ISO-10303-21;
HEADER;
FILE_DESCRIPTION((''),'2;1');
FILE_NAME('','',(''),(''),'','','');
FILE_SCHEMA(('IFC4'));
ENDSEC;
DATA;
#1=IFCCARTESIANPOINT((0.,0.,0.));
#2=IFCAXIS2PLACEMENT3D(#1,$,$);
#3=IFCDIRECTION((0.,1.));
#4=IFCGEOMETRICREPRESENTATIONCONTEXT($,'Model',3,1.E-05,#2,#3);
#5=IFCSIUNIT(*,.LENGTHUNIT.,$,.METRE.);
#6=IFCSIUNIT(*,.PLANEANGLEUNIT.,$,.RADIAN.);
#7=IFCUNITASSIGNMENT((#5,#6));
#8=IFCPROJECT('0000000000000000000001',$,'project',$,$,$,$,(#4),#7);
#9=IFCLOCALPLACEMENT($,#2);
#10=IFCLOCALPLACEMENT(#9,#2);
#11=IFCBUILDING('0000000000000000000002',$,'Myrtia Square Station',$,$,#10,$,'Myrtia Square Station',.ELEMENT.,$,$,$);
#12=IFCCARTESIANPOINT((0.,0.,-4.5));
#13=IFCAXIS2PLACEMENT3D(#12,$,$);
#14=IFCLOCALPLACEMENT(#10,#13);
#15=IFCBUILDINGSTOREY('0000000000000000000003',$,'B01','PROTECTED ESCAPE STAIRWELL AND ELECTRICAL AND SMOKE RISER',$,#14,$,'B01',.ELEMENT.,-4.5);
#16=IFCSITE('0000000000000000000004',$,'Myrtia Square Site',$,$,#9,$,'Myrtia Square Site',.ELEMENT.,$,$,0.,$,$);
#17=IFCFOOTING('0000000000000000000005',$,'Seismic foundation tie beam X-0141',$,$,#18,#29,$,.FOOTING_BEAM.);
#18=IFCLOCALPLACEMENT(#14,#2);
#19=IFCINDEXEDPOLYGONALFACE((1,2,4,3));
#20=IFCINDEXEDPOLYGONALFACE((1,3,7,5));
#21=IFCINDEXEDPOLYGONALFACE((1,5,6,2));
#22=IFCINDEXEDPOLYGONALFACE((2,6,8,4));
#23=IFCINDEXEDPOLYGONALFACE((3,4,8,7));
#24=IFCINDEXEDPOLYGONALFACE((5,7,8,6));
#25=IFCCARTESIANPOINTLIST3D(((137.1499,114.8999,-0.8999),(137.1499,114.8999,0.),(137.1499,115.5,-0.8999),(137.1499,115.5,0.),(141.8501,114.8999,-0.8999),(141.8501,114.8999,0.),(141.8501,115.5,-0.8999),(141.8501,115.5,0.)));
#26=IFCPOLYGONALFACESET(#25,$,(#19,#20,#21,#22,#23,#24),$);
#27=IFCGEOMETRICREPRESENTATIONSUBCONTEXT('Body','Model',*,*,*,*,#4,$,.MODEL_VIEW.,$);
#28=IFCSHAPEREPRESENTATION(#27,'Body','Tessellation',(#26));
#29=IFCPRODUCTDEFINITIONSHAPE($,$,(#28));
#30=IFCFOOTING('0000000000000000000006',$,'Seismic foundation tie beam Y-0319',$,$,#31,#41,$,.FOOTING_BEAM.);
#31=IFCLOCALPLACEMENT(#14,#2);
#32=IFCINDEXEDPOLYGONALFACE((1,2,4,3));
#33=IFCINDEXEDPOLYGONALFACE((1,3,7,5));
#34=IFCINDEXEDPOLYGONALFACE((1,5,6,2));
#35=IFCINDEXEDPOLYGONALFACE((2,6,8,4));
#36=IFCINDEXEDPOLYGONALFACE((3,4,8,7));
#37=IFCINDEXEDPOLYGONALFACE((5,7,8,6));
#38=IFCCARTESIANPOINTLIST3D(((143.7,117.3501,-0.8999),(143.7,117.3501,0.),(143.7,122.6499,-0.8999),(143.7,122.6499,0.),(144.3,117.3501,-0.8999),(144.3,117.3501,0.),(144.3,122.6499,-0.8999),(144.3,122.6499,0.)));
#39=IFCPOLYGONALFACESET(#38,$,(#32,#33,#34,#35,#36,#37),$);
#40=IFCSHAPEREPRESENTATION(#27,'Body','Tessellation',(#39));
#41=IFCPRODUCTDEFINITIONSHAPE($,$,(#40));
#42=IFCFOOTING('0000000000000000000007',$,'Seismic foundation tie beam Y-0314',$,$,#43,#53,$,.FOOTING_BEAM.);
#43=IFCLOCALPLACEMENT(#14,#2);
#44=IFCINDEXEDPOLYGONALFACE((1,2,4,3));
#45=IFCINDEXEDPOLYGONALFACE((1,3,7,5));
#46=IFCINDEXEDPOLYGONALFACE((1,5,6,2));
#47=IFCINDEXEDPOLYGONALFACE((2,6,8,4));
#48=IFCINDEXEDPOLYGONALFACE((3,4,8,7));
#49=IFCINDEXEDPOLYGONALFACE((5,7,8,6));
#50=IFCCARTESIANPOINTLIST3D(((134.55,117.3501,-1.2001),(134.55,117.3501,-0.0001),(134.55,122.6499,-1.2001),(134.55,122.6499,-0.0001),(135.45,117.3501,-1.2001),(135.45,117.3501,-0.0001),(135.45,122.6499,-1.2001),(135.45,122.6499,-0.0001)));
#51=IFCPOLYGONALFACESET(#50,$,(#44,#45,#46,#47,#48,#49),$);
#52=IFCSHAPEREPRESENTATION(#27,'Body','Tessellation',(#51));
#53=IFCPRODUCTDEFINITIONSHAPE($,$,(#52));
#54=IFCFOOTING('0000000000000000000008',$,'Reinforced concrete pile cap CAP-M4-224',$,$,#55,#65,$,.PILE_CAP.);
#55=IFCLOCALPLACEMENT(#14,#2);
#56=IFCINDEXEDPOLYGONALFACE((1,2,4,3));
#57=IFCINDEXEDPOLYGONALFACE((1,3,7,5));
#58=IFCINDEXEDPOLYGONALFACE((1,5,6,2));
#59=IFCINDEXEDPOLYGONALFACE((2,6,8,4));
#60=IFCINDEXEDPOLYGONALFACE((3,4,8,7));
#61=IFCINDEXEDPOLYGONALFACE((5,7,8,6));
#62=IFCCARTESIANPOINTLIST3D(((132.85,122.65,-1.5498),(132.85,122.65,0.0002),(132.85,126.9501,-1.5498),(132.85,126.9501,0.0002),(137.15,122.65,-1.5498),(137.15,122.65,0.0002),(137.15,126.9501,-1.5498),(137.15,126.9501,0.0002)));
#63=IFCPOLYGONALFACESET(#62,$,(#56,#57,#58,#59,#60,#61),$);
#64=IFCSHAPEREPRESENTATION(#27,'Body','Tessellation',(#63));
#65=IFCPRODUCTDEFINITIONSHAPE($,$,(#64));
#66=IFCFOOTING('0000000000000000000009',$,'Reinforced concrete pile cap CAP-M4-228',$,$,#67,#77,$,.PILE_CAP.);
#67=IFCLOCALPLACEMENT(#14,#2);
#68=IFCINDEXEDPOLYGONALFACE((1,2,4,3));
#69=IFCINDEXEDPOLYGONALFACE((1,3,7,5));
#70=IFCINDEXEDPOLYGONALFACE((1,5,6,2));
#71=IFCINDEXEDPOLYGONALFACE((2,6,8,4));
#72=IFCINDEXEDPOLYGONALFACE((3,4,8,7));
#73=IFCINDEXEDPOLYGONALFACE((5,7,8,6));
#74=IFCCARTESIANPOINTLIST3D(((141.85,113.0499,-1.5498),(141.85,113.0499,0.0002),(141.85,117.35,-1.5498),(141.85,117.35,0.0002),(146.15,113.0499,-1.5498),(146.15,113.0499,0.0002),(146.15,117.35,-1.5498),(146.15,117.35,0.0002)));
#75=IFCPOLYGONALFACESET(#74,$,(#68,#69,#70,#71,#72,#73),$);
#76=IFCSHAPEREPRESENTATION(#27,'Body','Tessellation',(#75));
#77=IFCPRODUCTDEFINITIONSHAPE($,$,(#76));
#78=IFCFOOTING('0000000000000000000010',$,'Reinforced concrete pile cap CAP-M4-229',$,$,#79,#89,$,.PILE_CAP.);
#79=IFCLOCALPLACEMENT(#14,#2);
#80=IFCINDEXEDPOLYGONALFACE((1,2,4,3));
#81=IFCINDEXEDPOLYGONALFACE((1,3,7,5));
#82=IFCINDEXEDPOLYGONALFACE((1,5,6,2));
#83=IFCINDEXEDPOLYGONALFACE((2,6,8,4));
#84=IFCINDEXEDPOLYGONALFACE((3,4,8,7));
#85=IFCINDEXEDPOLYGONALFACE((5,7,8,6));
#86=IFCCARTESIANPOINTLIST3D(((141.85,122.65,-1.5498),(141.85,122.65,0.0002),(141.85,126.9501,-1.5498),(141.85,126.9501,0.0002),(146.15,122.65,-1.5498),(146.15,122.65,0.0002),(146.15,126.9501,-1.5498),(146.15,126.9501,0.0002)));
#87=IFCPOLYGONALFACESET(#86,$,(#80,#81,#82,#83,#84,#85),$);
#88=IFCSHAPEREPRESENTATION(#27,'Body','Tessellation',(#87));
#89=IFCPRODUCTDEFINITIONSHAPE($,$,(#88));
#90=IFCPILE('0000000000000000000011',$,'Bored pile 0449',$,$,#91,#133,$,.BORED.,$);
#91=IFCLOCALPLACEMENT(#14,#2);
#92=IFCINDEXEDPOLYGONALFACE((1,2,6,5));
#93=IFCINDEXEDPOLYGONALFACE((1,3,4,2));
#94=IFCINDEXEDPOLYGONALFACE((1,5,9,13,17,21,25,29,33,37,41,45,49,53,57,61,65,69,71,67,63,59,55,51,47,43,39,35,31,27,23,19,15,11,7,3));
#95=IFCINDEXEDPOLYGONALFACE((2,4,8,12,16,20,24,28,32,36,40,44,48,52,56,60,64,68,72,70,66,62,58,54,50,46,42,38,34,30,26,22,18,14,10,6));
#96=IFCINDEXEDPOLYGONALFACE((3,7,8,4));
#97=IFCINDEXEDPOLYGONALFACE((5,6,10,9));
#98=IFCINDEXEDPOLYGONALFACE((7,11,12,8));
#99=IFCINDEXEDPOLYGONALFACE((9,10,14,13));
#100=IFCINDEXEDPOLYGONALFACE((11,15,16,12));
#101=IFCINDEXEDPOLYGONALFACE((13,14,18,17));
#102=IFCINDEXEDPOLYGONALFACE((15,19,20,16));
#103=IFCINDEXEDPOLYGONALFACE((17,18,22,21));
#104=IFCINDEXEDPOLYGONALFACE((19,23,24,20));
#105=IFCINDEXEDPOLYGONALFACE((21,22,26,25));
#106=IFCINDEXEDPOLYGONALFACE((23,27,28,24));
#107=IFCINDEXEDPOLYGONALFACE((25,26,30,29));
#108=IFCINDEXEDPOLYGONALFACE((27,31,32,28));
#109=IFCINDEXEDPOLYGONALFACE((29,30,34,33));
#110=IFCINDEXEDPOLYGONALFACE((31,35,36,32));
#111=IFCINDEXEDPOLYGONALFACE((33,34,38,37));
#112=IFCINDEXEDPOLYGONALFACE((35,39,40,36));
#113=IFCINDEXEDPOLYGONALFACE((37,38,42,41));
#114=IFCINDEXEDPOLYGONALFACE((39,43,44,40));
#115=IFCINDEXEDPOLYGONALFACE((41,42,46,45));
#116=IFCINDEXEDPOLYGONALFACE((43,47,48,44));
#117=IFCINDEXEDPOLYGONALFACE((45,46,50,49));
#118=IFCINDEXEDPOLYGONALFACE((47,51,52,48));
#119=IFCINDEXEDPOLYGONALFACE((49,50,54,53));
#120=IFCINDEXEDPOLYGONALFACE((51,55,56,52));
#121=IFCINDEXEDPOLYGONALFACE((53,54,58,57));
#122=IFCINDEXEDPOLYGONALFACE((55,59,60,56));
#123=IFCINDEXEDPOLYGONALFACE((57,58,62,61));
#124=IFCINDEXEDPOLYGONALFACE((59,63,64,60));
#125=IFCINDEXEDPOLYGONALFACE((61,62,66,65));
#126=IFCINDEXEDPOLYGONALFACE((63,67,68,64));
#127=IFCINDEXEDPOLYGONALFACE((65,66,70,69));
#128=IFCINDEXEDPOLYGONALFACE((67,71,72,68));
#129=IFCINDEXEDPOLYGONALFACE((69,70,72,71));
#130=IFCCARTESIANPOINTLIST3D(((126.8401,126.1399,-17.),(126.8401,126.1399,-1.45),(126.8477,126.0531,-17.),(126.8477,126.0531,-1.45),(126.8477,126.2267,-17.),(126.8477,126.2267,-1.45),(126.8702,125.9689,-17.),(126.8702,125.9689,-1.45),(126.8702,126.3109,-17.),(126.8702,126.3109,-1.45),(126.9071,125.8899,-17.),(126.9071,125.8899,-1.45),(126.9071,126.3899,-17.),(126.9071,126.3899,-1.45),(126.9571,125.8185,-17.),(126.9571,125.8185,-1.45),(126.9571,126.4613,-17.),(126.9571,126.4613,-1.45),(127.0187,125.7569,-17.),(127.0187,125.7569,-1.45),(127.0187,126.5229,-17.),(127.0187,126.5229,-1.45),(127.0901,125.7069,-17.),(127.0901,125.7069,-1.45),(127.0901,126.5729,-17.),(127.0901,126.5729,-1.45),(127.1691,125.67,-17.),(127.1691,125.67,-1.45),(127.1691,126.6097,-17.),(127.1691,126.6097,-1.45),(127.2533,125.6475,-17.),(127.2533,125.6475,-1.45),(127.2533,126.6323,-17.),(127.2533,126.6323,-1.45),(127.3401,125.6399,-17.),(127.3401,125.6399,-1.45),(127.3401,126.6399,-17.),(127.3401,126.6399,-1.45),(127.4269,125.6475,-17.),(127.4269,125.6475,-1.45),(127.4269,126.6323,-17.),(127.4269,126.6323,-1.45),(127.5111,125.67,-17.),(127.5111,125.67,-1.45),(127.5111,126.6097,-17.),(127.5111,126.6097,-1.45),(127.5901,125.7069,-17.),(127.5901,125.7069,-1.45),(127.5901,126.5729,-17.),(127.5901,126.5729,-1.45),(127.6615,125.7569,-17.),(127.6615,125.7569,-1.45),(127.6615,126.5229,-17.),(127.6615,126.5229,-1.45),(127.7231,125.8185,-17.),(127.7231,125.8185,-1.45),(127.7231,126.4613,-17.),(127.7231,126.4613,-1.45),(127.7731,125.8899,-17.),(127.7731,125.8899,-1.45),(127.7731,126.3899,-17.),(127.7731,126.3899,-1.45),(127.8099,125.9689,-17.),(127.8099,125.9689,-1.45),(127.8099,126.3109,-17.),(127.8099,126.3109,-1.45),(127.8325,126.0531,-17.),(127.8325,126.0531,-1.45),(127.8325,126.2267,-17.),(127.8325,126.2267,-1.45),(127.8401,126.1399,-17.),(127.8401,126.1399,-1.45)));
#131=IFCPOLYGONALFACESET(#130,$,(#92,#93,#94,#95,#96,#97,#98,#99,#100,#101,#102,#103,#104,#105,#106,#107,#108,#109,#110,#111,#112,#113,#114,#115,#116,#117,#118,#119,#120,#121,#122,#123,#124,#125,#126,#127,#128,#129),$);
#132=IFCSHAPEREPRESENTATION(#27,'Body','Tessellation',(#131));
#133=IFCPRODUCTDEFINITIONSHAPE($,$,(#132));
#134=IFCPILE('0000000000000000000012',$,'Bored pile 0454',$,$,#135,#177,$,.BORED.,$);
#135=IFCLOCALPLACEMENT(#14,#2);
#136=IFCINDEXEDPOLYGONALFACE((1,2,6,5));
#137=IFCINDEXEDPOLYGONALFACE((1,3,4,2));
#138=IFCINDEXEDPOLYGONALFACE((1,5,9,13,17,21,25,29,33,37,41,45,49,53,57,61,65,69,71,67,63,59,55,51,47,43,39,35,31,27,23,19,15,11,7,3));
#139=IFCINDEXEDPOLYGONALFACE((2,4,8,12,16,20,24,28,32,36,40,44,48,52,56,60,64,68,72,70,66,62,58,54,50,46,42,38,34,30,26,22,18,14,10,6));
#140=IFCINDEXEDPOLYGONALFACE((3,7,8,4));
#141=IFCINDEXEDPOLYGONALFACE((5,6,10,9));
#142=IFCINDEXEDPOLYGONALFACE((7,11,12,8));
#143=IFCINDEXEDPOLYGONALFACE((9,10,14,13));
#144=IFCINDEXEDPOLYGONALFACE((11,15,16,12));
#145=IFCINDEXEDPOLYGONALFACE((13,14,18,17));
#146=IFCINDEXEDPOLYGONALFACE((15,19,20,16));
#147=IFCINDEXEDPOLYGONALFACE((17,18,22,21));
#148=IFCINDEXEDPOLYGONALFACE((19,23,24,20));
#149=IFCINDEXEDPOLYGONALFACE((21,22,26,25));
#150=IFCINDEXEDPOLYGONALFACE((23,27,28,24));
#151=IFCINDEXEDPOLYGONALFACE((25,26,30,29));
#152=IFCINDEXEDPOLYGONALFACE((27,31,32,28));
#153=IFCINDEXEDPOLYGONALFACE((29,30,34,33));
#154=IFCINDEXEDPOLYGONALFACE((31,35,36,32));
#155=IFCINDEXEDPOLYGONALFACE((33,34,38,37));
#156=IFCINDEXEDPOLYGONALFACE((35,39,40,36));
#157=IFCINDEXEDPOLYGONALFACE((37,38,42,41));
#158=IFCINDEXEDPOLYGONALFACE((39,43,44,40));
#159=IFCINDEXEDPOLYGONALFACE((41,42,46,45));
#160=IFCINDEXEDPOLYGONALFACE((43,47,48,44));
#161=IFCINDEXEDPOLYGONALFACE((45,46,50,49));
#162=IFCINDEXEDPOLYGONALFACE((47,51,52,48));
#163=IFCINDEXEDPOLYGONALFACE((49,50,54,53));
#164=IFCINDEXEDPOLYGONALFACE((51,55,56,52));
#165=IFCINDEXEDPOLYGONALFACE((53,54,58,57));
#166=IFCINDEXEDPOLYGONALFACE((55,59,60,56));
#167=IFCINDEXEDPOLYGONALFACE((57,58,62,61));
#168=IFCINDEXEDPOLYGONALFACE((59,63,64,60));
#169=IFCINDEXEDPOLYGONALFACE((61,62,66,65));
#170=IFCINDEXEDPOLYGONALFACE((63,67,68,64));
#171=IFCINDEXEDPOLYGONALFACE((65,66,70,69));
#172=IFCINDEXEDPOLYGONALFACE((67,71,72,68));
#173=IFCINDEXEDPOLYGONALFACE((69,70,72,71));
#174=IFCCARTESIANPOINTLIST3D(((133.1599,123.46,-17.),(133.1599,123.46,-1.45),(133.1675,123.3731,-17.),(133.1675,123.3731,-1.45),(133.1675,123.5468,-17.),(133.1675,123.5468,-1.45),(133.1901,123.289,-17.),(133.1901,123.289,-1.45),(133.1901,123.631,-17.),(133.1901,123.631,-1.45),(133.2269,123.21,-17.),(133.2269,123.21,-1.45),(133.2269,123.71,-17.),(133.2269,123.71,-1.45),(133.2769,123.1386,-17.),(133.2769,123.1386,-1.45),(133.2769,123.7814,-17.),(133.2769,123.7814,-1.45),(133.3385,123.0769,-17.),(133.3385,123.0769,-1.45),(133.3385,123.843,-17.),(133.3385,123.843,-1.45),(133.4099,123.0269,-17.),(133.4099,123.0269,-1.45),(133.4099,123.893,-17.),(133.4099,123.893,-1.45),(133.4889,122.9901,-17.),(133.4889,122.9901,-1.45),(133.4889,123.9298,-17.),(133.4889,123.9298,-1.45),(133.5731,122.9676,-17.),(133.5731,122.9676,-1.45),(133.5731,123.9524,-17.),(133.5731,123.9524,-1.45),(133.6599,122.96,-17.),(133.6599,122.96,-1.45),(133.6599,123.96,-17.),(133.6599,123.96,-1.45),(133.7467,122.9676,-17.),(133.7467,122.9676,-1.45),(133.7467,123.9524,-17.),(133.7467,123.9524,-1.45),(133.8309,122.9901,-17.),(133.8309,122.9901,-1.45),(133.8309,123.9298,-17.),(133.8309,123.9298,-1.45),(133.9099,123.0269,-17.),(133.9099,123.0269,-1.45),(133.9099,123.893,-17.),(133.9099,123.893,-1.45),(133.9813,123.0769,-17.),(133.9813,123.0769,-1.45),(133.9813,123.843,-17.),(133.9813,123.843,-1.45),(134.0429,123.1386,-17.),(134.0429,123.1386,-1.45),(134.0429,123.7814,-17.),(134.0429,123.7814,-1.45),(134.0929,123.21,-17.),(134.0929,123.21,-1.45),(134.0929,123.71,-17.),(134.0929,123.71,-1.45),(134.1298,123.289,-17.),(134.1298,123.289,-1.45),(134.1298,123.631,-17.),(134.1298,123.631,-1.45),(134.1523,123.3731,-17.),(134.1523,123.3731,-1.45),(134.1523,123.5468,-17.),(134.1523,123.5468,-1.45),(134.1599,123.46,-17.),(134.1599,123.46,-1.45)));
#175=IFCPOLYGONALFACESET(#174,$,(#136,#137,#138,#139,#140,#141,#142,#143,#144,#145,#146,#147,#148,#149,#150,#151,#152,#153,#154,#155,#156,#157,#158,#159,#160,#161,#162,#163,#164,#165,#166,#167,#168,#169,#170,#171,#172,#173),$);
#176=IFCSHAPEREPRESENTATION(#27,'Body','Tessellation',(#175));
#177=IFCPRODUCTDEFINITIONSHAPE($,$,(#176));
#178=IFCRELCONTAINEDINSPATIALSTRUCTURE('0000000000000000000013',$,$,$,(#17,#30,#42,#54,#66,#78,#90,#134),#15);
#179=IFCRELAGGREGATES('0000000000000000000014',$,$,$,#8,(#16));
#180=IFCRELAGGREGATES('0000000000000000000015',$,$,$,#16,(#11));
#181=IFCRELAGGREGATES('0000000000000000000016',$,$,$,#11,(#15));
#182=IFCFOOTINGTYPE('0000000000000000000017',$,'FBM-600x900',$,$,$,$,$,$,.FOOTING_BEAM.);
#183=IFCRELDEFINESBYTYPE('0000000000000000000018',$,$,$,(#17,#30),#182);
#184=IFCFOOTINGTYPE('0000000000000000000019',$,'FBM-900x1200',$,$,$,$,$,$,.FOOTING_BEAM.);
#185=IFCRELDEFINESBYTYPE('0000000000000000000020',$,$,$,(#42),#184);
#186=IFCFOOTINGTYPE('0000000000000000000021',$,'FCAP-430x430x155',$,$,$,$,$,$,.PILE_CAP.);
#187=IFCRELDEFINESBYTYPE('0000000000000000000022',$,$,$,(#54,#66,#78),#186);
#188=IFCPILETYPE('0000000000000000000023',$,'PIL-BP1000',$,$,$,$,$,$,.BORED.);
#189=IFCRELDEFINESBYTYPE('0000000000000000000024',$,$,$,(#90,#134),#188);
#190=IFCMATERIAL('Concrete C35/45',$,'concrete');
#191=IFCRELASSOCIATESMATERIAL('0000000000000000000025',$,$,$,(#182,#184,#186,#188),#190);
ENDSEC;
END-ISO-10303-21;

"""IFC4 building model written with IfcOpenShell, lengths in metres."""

from ifc_helpers import new_model, si_unit, direction, frame, origin, origin_2d, place, context, subcontext, project, spatial, rectangle, circle, extrude, material, material_profile, profile_set, type_object, element, save


model = new_model("IFC4")

# Units and contexts
model_context = context("Model", 3, precision=1e-05, world=origin(), true_north=direction((0.0, 1.0)))
body_context = subcontext(model_context, "Body", "Model", "MODEL_VIEW")
ifc_project = project(units=[si_unit("LENGTHUNIT", "METRE"), si_unit("PLANEANGLEUNIT", "RADIAN")], contexts=[model_context])

# Site, building, storey
site_placement = place(None, origin())
site = spatial("IfcSite", under=ifc_project, at=site_placement, Name="Myrtia Square Site", LongName="Myrtia Square Site", CompositionType="ELEMENT", RefElevation=0.0)
building_placement = place(site_placement, origin())
building = spatial("IfcBuilding", under=site, at=building_placement, Name="Myrtia Square Station", LongName="Myrtia Square Station", CompositionType="ELEMENT")
storey_placement = place(building_placement, frame((0.0, 0.0, -4.5)))
storey = spatial("IfcBuildingStorey", under=building, at=storey_placement, Name="B01", Description="PROTECTED ESCAPE STAIRWELL AND ELECTRICAL AND SMOKE RISER", LongName="B01", CompositionType="ELEMENT", Elevation=-4.5)

# Footings
ifc_material_1 = material(Name="Concrete C35/45", Category="concrete")
ifc_material_profile_1 = material_profile(ifc_material_1, rectangle(XDim=0.6001, YDim=0.8999, at=origin_2d()), Name="FB 600x900")
ifc_profile_set_1 = profile_set([ifc_material_profile_1], Name="Concrete C35/45")
footing_type_1 = type_object("IfcFootingType", Name="FBM-600x900", PredefinedType="FOOTING_BEAM", material=ifc_profile_set_1)
footing_1_placement = place(storey_placement, frame((137.1499, 115.2, -0.45), z_axis=(1.0, 0.0, 0.0), x_axis=(0.0, 1.0, 0.0)))
element("IfcFooting", 1, at=footing_1_placement, inside=storey, type_object=footing_type_1, Name="Seismic foundation tie beam X-0141", PredefinedType="FOOTING_BEAM", context=body_context, shape_type="SweptSolid", body=[
    extrude(rectangle(XDim=0.6001, YDim=0.8999, at=origin_2d()), origin(), (0.0, 0.0, 1.0), 4.7002),
])
footing_2_placement = place(storey_placement, frame((144.0, 117.3501, -0.45), z_axis=(0.0, 1.0, 0.0), x_axis=(-1.0, 0.0, 0.0)))
element("IfcFooting", 2, at=footing_2_placement, inside=storey, type_object=footing_type_1, Name="Seismic foundation tie beam Y-0319", PredefinedType="FOOTING_BEAM", context=body_context, shape_type="SweptSolid", body=[
    extrude(rectangle(XDim=0.6001, YDim=0.8999, at=origin_2d()), origin(), (0.0, 0.0, 1.0), 5.2998),
])
ifc_material_profile_2 = material_profile(ifc_material_1, rectangle(XDim=0.8999, YDim=1.2, at=origin_2d()), Name="FB 900x1200")
ifc_profile_set_2 = profile_set([ifc_material_profile_2], Name="Concrete C35/45")
footing_type_2 = type_object("IfcFootingType", Name="FBM-900x1200", PredefinedType="FOOTING_BEAM", material=ifc_profile_set_2)
footing_3_placement = place(storey_placement, frame((135.0, 117.3501, -0.6001), z_axis=(0.0, 1.0, 0.0), x_axis=(-1.0, 0.0, 0.0)))
element("IfcFooting", 3, at=footing_3_placement, inside=storey, type_object=footing_type_2, Name="Seismic foundation tie beam Y-0314", PredefinedType="FOOTING_BEAM", context=body_context, shape_type="SweptSolid", body=[
    extrude(rectangle(XDim=0.8999, YDim=1.2, at=origin_2d()), origin(), (0.0, 0.0, 1.0), 5.2998),
])
footing_type_3 = type_object("IfcFootingType", Name="FCAP-430x430x155", PredefinedType="PILE_CAP", material=ifc_material_1)
for number, where, z_axis, x_axis, name in (
    (4, (135.0, 124.8, -1.5498), (0.0, 0.0, 1.0), (1.0, 0.0, 0.0), "Reinforced concrete pile cap CAP-M4-224"),
    (5, (144.0, 115.2, -1.5498), (0.0, 0.0, 1.0), (1.0, 0.0, 0.0), "Reinforced concrete pile cap CAP-M4-228"),
    (6, (144.0, 124.8, -1.5498), (0.0, 0.0, 1.0), (1.0, 0.0, 0.0), "Reinforced concrete pile cap CAP-M4-229"),
):
    element("IfcFooting", number, at=place(storey_placement, frame(where, z_axis=z_axis, x_axis=x_axis)), inside=storey, type_object=footing_type_3, Name=name, PredefinedType="PILE_CAP", context=body_context, shape_type="SweptSolid", body=[
        extrude(rectangle(XDim=4.3, YDim=4.3, at=origin_2d()), origin(), (0.0, 0.0, 1.0), 1.55),
    ])

# Piles
ifc_material_profile_3 = material_profile(ifc_material_1, circle(Radius=0.5, at=origin_2d()), Name="BP D1000")
ifc_profile_set_3 = profile_set([ifc_material_profile_3], Name="Concrete C35/45")
pile_type_1 = type_object("IfcPileType", Name="PIL-BP1000", PredefinedType="BORED", material=ifc_profile_set_3)
for number, where, z_axis, x_axis, name in (
    (7, (127.3401, 126.1399, -1.45), (0.0, 0.0, -1.0), (1.0, 0.0, 0.0), "Bored pile 0449"),
    (8, (133.6599, 123.46, -1.45), (0.0, 0.0, -1.0), (1.0, 0.0, 0.0), "Bored pile 0454"),
):
    element("IfcPile", number, at=place(storey_placement, frame(where, z_axis=z_axis, x_axis=x_axis)), inside=storey, type_object=pile_type_1, Name=name, PredefinedType="BORED", context=body_context, shape_type="SweptSolid", body=[
        extrude(circle(Radius=0.5, at=origin_2d()), origin(), (0.0, 0.0, 1.0), 15.55),
    ])

save(model, "model.ifc")
